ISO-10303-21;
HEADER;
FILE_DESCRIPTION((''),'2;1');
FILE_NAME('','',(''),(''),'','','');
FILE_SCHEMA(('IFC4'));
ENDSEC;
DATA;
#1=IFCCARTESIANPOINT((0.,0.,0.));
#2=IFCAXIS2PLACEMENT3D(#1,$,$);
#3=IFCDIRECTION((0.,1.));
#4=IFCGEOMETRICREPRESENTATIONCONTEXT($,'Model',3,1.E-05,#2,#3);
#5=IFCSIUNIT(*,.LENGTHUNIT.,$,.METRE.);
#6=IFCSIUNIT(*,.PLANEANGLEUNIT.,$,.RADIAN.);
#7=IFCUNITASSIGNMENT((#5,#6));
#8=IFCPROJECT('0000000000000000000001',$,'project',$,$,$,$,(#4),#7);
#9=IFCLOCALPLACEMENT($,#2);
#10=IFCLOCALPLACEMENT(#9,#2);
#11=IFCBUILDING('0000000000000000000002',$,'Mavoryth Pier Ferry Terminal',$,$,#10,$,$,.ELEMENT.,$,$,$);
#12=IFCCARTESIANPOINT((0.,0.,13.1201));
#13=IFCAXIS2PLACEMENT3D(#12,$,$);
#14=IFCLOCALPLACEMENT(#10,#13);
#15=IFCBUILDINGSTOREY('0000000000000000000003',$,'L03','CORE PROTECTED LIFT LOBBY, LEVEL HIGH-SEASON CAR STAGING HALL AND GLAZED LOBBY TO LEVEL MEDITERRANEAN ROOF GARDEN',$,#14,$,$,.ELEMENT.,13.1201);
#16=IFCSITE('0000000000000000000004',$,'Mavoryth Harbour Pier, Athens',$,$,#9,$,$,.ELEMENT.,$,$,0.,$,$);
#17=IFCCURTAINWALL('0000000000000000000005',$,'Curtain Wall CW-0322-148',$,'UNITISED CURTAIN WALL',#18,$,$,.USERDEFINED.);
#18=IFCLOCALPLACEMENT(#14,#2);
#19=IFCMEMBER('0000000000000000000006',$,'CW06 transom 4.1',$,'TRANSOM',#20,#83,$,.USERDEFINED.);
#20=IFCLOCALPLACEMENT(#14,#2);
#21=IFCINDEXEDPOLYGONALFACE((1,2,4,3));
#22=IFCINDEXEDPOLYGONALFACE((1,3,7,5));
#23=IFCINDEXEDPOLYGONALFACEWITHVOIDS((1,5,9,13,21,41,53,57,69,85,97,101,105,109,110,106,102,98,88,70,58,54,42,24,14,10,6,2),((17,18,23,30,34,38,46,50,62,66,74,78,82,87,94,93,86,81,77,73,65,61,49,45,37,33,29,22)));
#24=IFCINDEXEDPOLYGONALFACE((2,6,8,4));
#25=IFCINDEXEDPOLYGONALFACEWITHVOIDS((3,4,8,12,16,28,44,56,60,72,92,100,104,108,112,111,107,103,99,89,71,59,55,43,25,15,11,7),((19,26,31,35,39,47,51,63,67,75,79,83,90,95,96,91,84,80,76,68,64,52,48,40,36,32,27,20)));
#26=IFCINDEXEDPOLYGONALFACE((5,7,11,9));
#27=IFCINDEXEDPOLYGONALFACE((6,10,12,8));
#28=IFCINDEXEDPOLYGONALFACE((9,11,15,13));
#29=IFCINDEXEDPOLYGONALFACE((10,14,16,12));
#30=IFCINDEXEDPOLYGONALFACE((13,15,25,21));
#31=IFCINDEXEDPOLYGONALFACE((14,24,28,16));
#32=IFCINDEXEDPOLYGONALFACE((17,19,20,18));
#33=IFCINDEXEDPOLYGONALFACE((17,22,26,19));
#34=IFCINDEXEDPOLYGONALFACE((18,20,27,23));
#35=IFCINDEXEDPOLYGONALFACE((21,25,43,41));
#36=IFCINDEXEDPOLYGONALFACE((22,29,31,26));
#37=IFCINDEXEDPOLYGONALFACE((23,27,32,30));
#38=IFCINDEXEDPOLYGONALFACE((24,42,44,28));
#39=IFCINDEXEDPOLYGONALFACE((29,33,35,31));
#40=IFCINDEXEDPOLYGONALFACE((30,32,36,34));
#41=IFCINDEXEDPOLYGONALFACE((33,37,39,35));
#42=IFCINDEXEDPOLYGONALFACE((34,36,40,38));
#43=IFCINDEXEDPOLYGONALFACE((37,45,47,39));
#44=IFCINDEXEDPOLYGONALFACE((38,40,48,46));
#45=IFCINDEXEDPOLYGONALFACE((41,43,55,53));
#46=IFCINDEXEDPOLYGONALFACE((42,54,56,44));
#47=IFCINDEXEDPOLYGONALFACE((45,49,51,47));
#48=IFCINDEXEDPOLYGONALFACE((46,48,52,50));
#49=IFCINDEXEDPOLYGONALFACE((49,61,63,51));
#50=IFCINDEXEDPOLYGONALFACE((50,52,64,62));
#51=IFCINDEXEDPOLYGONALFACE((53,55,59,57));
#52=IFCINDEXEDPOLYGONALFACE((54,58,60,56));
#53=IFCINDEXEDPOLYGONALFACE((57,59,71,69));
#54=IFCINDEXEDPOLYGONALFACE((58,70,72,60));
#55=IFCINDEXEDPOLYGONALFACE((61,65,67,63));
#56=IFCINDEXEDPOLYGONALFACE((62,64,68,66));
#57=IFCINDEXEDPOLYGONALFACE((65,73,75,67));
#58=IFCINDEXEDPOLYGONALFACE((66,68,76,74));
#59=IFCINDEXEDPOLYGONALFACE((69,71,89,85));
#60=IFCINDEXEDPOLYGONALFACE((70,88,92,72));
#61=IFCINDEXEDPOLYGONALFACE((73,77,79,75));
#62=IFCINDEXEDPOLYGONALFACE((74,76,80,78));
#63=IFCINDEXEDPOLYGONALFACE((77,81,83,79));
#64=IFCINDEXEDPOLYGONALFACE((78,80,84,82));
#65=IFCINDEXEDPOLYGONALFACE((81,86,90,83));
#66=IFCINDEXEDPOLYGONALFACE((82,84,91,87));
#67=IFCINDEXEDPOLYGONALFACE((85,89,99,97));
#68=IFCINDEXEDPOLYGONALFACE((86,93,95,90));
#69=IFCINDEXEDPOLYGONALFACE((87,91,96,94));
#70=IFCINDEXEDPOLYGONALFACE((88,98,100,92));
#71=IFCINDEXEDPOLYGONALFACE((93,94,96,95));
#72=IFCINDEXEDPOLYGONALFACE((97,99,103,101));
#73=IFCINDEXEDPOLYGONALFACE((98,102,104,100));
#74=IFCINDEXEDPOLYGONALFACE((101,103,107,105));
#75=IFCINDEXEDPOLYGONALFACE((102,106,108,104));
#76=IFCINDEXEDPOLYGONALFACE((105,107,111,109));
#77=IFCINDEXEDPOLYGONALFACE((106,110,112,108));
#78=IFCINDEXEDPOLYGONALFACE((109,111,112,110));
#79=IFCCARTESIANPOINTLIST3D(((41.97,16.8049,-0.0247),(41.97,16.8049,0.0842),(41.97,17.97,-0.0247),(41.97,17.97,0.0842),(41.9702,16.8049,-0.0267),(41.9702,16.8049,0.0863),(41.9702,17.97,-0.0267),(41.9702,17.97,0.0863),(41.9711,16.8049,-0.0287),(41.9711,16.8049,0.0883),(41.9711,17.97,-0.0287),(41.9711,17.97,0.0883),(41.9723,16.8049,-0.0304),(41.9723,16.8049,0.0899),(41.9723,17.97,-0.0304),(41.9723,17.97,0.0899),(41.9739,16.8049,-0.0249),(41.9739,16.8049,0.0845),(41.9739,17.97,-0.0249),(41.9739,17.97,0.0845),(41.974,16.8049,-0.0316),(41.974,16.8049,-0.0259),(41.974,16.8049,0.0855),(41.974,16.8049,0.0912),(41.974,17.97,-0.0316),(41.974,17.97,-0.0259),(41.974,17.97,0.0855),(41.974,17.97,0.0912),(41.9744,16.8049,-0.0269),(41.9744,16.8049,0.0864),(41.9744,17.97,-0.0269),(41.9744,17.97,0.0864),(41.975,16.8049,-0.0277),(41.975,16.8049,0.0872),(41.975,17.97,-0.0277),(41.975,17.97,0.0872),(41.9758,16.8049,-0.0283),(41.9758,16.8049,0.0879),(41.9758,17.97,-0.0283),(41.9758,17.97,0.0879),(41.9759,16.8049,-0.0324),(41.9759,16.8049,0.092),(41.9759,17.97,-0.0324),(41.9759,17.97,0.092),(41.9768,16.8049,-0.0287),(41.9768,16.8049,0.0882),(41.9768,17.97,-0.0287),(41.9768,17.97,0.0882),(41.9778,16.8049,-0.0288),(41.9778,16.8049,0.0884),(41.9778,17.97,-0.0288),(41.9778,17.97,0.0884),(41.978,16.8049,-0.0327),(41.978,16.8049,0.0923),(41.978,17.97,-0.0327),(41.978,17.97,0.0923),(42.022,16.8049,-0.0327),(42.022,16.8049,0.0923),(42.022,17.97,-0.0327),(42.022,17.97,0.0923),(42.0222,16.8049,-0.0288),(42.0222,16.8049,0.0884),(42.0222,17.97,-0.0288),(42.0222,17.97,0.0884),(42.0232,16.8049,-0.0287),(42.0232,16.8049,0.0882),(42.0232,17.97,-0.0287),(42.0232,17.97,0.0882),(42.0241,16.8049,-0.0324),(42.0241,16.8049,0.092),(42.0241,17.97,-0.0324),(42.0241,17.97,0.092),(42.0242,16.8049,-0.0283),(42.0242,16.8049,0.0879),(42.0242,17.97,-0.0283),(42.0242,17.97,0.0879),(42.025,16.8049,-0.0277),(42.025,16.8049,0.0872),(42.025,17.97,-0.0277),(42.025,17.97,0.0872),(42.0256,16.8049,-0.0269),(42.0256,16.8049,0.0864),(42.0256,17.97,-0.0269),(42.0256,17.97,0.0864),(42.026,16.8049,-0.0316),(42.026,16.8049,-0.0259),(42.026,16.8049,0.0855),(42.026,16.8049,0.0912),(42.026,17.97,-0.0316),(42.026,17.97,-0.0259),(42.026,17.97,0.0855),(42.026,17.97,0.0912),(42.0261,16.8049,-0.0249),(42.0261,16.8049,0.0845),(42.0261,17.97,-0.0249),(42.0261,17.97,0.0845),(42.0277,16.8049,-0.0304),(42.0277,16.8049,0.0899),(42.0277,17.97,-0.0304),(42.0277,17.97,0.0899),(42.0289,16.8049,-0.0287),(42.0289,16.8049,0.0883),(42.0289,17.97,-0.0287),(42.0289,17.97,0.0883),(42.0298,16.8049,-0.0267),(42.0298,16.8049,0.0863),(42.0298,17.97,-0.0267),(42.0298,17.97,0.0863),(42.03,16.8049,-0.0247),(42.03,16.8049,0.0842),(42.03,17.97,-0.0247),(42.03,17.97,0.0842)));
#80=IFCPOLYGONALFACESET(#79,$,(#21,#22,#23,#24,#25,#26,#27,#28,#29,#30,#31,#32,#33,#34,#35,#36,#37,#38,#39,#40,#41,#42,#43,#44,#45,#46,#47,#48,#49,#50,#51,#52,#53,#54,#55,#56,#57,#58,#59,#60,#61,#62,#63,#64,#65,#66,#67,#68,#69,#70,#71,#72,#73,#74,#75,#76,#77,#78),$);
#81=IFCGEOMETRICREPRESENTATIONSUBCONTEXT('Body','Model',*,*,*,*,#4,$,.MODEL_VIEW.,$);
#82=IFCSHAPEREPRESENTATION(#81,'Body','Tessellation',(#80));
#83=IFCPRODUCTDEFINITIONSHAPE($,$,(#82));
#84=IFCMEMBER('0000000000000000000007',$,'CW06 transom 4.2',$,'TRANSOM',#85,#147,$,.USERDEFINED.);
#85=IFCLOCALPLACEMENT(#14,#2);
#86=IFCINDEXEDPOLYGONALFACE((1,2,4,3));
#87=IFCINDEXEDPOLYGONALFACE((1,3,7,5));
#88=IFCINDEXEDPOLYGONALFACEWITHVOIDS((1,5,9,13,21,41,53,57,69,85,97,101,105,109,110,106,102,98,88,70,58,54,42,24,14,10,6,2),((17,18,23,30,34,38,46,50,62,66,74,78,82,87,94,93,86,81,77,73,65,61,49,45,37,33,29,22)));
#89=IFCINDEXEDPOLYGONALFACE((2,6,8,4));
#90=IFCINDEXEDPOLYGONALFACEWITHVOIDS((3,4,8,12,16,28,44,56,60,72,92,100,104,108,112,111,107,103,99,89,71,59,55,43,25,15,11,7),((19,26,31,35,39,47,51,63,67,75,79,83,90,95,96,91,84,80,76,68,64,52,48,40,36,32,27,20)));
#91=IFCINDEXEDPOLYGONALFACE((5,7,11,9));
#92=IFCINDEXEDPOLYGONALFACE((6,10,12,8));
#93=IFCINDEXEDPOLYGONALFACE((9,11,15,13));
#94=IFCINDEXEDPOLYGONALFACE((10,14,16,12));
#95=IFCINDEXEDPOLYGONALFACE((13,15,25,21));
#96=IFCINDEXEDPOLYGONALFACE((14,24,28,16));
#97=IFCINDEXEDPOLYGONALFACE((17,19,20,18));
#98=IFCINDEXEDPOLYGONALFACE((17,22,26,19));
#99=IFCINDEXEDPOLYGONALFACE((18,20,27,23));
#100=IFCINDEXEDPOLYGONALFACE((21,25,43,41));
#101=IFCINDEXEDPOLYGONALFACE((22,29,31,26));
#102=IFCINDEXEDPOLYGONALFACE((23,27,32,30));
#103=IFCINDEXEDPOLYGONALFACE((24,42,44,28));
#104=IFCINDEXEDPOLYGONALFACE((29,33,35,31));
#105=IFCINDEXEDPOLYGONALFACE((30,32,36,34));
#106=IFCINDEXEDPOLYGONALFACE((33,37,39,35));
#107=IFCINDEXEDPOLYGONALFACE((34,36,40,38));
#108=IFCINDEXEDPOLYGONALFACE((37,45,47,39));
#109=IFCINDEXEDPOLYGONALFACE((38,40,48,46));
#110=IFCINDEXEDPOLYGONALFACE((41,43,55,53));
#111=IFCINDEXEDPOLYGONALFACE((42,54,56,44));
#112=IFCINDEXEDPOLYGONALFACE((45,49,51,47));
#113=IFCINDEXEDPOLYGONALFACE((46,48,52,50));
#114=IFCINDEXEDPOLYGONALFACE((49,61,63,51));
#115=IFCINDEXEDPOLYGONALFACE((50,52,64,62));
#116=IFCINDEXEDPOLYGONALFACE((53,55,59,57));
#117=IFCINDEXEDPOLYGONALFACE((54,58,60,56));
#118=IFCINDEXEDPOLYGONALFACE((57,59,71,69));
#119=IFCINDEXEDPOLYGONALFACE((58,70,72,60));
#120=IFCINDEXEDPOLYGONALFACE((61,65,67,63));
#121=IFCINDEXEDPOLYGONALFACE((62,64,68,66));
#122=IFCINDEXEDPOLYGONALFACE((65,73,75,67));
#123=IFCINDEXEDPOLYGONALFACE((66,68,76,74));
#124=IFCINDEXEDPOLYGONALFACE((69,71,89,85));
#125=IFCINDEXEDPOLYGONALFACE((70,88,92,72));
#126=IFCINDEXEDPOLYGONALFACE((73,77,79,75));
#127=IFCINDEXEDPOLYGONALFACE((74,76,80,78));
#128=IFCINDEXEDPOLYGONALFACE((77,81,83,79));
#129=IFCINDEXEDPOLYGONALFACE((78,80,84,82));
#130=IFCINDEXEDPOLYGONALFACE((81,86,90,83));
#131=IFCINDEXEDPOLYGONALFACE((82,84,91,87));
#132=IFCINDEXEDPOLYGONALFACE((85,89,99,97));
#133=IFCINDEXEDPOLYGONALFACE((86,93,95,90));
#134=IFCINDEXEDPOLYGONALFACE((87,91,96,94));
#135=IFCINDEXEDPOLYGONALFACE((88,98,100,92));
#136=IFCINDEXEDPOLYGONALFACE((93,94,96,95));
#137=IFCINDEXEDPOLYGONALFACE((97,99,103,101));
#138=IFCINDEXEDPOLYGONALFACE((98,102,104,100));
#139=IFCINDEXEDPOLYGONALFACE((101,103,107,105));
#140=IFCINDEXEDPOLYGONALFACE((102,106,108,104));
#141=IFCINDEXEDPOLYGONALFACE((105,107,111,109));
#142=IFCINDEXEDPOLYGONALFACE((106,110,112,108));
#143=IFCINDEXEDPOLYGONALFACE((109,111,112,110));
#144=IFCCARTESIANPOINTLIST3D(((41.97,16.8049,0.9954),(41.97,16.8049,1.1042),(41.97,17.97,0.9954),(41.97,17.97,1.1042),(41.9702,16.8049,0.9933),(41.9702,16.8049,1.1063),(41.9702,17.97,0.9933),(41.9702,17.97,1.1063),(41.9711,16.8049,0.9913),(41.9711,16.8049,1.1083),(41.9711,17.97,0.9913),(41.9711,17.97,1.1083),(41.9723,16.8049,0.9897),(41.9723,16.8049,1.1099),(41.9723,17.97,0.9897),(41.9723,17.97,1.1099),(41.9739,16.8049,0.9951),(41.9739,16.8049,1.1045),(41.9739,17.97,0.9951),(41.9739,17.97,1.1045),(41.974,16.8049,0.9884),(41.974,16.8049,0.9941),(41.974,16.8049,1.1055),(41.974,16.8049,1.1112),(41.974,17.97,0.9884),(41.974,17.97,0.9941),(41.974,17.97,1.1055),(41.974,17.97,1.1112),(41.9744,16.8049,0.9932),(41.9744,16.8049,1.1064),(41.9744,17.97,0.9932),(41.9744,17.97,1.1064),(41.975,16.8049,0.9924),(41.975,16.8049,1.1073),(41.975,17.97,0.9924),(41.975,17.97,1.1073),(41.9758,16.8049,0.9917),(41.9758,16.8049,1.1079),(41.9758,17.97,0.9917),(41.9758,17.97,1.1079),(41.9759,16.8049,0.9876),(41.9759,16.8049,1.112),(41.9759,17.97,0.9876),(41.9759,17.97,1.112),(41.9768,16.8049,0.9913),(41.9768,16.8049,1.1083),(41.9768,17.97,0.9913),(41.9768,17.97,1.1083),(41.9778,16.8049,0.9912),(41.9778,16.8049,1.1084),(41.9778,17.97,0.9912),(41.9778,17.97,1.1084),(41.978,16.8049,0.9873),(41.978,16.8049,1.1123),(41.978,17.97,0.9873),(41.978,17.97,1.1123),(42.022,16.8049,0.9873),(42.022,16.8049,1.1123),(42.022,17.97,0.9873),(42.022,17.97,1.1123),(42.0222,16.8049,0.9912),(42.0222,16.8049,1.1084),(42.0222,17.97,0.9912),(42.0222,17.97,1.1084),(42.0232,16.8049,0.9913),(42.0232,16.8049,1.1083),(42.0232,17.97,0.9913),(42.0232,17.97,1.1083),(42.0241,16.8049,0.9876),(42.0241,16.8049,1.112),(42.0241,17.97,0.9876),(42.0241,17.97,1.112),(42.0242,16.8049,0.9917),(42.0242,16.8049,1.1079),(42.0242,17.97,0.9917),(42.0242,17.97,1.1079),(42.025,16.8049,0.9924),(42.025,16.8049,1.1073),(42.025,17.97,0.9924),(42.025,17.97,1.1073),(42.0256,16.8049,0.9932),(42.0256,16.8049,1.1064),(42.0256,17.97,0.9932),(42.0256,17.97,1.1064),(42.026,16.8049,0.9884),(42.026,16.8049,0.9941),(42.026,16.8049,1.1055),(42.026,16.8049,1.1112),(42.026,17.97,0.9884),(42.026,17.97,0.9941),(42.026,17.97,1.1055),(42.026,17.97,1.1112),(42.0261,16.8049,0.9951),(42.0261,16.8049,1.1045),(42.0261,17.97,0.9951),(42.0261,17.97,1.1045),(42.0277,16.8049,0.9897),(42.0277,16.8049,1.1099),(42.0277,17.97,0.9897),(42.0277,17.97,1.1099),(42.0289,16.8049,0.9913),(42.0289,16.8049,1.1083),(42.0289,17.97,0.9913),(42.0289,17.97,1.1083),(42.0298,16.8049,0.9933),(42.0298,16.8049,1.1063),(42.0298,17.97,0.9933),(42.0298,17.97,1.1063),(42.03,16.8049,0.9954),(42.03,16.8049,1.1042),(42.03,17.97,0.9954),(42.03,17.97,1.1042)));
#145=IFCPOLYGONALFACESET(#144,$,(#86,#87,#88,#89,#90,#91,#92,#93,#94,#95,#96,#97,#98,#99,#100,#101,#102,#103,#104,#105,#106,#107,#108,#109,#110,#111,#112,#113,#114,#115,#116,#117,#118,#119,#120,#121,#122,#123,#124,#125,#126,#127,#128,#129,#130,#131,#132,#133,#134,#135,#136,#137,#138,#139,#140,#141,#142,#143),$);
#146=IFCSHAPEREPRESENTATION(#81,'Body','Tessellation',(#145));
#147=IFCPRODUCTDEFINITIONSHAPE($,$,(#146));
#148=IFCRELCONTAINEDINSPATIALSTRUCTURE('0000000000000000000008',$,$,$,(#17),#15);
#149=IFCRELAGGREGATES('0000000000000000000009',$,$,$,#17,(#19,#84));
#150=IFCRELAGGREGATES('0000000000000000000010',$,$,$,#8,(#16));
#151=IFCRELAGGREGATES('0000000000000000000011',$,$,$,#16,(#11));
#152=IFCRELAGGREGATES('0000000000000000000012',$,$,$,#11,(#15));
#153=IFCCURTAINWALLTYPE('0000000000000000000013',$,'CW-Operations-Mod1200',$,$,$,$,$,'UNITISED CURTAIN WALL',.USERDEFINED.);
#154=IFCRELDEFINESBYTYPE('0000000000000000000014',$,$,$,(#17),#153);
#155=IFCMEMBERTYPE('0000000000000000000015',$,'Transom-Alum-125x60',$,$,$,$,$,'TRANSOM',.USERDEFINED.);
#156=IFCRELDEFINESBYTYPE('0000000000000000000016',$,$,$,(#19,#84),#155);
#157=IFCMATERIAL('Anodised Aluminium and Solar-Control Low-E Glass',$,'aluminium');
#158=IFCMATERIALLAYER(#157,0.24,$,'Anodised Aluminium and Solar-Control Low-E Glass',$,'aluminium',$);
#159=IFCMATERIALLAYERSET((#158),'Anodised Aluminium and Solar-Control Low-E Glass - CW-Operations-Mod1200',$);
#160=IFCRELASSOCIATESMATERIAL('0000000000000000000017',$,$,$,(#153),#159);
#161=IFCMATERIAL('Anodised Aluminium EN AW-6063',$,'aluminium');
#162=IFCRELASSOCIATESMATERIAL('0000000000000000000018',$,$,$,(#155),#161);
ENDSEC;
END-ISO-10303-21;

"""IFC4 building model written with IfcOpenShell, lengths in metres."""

from ifc_helpers import new_model, si_unit, direction, frame, origin, origin_2d, place, context, subcontext, project, spatial, hollow_rectangle, extrude, material, layer, layer_set, material_profile, profile_set, type_object, element, aggregate, save


model = new_model("IFC4")

# Units and contexts
model_context = context("Model", 3, precision=1e-05, world=origin(), true_north=direction((0.0, 1.0)))
body_context = subcontext(model_context, "Body", "Model", "MODEL_VIEW")
ifc_project = project(units=[si_unit("LENGTHUNIT", "METRE"), si_unit("PLANEANGLEUNIT", "RADIAN")], contexts=[model_context])

# Site, building, storey
site_placement = place(None, origin())
site = spatial("IfcSite", under=ifc_project, at=site_placement, Name="Mavoryth Harbour Pier, Athens", CompositionType="ELEMENT", RefElevation=0.0)
building_placement = place(site_placement, origin())
building = spatial("IfcBuilding", under=site, at=building_placement, Name="Mavoryth Pier Ferry Terminal", CompositionType="ELEMENT")
storey_placement = place(building_placement, frame((0.0, 0.0, 13.1201)))
storey = spatial("IfcBuildingStorey", under=building, at=storey_placement, Name="L03", Description="CORE PROTECTED LIFT LOBBY, LEVEL HIGH-SEASON CAR STAGING HALL AND GLAZED LOBBY TO LEVEL MEDITERRANEAN ROOF GARDEN", CompositionType="ELEMENT", Elevation=13.1201)

# Curtain wall, members
ifc_material_1 = material(Name="Anodised Aluminium and Solar-Control Low-E Glass", Category="aluminium")
ifc_layer_1 = layer(ifc_material_1, 0.24, Name="Anodised Aluminium and Solar-Control Low-E Glass", Category="aluminium")
ifc_layer_set_1 = layer_set([ifc_layer_1], Name="Anodised Aluminium and Solar-Control Low-E Glass - CW-Operations-Mod1200")
curtain_wall_type = type_object("IfcCurtainWallType", Name="CW-Operations-Mod1200", ElementType="UNITISED CURTAIN WALL", PredefinedType="USERDEFINED", material=ifc_layer_set_1)
curtain_wall_placement = place(storey_placement, origin())
curtain_wall = element("IfcCurtainWall", 1, at=curtain_wall_placement, inside=storey, type_object=curtain_wall_type, Name="Curtain Wall CW-0322-148", ObjectType="UNITISED CURTAIN WALL", PredefinedType="USERDEFINED")
ifc_material_2 = material(Name="Anodised Aluminium EN AW-6063", Category="aluminium")
ifc_material_profile_1 = material_profile(ifc_material_2, hollow_rectangle(XDim=0.0601, YDim=0.125, WallThickness=0.0039, InnerFilletRadius=0.0039, OuterFilletRadius=0.0081, at=origin_2d()), Name="AL-TRAN 125x60x4", Category="aluminium")
ifc_profile_set_1 = profile_set([ifc_material_profile_1], Name="Anodised Aluminium EN AW-6063 - AL-TRAN 125x60x4")
member_type_1 = type_object("IfcMemberType", Name="Transom-Alum-125x60", ElementType="TRANSOM", PredefinedType="USERDEFINED", material=ifc_profile_set_1)
member_1_placement = place(storey_placement, frame((42.0, 17.97, 0.0298), z_axis=(0.0, -1.0, 0.0), x_axis=(1.0, 0.0, 0.0)))
member_1 = element("IfcMember", 2, at=member_1_placement, type_object=member_type_1, Name="CW06 transom 4.1", ObjectType="TRANSOM", PredefinedType="USERDEFINED", context=body_context, shape_type="SweptSolid", body=[
    extrude(hollow_rectangle(XDim=0.0601, YDim=0.125, WallThickness=0.0039, InnerFilletRadius=0.0039, OuterFilletRadius=0.0081, at=origin_2d()), origin(), (0.0, 0.0, 1.0), 1.165),
])
member_2_placement = place(storey_placement, frame((42.0, 17.97, 1.0498), z_axis=(0.0, -1.0, 0.0), x_axis=(1.0, 0.0, 0.0)))
member_2 = element("IfcMember", 3, at=member_2_placement, type_object=member_type_1, Name="CW06 transom 4.2", ObjectType="TRANSOM", PredefinedType="USERDEFINED", context=body_context, shape_type="SweptSolid", body=[
    extrude(hollow_rectangle(XDim=0.0601, YDim=0.125, WallThickness=0.0039, InnerFilletRadius=0.0039, OuterFilletRadius=0.0081, at=origin_2d()), origin(), (0.0, 0.0, 1.0), 1.165),
])
aggregate(curtain_wall, [member_1, member_2])

save(model, "model.ifc")
